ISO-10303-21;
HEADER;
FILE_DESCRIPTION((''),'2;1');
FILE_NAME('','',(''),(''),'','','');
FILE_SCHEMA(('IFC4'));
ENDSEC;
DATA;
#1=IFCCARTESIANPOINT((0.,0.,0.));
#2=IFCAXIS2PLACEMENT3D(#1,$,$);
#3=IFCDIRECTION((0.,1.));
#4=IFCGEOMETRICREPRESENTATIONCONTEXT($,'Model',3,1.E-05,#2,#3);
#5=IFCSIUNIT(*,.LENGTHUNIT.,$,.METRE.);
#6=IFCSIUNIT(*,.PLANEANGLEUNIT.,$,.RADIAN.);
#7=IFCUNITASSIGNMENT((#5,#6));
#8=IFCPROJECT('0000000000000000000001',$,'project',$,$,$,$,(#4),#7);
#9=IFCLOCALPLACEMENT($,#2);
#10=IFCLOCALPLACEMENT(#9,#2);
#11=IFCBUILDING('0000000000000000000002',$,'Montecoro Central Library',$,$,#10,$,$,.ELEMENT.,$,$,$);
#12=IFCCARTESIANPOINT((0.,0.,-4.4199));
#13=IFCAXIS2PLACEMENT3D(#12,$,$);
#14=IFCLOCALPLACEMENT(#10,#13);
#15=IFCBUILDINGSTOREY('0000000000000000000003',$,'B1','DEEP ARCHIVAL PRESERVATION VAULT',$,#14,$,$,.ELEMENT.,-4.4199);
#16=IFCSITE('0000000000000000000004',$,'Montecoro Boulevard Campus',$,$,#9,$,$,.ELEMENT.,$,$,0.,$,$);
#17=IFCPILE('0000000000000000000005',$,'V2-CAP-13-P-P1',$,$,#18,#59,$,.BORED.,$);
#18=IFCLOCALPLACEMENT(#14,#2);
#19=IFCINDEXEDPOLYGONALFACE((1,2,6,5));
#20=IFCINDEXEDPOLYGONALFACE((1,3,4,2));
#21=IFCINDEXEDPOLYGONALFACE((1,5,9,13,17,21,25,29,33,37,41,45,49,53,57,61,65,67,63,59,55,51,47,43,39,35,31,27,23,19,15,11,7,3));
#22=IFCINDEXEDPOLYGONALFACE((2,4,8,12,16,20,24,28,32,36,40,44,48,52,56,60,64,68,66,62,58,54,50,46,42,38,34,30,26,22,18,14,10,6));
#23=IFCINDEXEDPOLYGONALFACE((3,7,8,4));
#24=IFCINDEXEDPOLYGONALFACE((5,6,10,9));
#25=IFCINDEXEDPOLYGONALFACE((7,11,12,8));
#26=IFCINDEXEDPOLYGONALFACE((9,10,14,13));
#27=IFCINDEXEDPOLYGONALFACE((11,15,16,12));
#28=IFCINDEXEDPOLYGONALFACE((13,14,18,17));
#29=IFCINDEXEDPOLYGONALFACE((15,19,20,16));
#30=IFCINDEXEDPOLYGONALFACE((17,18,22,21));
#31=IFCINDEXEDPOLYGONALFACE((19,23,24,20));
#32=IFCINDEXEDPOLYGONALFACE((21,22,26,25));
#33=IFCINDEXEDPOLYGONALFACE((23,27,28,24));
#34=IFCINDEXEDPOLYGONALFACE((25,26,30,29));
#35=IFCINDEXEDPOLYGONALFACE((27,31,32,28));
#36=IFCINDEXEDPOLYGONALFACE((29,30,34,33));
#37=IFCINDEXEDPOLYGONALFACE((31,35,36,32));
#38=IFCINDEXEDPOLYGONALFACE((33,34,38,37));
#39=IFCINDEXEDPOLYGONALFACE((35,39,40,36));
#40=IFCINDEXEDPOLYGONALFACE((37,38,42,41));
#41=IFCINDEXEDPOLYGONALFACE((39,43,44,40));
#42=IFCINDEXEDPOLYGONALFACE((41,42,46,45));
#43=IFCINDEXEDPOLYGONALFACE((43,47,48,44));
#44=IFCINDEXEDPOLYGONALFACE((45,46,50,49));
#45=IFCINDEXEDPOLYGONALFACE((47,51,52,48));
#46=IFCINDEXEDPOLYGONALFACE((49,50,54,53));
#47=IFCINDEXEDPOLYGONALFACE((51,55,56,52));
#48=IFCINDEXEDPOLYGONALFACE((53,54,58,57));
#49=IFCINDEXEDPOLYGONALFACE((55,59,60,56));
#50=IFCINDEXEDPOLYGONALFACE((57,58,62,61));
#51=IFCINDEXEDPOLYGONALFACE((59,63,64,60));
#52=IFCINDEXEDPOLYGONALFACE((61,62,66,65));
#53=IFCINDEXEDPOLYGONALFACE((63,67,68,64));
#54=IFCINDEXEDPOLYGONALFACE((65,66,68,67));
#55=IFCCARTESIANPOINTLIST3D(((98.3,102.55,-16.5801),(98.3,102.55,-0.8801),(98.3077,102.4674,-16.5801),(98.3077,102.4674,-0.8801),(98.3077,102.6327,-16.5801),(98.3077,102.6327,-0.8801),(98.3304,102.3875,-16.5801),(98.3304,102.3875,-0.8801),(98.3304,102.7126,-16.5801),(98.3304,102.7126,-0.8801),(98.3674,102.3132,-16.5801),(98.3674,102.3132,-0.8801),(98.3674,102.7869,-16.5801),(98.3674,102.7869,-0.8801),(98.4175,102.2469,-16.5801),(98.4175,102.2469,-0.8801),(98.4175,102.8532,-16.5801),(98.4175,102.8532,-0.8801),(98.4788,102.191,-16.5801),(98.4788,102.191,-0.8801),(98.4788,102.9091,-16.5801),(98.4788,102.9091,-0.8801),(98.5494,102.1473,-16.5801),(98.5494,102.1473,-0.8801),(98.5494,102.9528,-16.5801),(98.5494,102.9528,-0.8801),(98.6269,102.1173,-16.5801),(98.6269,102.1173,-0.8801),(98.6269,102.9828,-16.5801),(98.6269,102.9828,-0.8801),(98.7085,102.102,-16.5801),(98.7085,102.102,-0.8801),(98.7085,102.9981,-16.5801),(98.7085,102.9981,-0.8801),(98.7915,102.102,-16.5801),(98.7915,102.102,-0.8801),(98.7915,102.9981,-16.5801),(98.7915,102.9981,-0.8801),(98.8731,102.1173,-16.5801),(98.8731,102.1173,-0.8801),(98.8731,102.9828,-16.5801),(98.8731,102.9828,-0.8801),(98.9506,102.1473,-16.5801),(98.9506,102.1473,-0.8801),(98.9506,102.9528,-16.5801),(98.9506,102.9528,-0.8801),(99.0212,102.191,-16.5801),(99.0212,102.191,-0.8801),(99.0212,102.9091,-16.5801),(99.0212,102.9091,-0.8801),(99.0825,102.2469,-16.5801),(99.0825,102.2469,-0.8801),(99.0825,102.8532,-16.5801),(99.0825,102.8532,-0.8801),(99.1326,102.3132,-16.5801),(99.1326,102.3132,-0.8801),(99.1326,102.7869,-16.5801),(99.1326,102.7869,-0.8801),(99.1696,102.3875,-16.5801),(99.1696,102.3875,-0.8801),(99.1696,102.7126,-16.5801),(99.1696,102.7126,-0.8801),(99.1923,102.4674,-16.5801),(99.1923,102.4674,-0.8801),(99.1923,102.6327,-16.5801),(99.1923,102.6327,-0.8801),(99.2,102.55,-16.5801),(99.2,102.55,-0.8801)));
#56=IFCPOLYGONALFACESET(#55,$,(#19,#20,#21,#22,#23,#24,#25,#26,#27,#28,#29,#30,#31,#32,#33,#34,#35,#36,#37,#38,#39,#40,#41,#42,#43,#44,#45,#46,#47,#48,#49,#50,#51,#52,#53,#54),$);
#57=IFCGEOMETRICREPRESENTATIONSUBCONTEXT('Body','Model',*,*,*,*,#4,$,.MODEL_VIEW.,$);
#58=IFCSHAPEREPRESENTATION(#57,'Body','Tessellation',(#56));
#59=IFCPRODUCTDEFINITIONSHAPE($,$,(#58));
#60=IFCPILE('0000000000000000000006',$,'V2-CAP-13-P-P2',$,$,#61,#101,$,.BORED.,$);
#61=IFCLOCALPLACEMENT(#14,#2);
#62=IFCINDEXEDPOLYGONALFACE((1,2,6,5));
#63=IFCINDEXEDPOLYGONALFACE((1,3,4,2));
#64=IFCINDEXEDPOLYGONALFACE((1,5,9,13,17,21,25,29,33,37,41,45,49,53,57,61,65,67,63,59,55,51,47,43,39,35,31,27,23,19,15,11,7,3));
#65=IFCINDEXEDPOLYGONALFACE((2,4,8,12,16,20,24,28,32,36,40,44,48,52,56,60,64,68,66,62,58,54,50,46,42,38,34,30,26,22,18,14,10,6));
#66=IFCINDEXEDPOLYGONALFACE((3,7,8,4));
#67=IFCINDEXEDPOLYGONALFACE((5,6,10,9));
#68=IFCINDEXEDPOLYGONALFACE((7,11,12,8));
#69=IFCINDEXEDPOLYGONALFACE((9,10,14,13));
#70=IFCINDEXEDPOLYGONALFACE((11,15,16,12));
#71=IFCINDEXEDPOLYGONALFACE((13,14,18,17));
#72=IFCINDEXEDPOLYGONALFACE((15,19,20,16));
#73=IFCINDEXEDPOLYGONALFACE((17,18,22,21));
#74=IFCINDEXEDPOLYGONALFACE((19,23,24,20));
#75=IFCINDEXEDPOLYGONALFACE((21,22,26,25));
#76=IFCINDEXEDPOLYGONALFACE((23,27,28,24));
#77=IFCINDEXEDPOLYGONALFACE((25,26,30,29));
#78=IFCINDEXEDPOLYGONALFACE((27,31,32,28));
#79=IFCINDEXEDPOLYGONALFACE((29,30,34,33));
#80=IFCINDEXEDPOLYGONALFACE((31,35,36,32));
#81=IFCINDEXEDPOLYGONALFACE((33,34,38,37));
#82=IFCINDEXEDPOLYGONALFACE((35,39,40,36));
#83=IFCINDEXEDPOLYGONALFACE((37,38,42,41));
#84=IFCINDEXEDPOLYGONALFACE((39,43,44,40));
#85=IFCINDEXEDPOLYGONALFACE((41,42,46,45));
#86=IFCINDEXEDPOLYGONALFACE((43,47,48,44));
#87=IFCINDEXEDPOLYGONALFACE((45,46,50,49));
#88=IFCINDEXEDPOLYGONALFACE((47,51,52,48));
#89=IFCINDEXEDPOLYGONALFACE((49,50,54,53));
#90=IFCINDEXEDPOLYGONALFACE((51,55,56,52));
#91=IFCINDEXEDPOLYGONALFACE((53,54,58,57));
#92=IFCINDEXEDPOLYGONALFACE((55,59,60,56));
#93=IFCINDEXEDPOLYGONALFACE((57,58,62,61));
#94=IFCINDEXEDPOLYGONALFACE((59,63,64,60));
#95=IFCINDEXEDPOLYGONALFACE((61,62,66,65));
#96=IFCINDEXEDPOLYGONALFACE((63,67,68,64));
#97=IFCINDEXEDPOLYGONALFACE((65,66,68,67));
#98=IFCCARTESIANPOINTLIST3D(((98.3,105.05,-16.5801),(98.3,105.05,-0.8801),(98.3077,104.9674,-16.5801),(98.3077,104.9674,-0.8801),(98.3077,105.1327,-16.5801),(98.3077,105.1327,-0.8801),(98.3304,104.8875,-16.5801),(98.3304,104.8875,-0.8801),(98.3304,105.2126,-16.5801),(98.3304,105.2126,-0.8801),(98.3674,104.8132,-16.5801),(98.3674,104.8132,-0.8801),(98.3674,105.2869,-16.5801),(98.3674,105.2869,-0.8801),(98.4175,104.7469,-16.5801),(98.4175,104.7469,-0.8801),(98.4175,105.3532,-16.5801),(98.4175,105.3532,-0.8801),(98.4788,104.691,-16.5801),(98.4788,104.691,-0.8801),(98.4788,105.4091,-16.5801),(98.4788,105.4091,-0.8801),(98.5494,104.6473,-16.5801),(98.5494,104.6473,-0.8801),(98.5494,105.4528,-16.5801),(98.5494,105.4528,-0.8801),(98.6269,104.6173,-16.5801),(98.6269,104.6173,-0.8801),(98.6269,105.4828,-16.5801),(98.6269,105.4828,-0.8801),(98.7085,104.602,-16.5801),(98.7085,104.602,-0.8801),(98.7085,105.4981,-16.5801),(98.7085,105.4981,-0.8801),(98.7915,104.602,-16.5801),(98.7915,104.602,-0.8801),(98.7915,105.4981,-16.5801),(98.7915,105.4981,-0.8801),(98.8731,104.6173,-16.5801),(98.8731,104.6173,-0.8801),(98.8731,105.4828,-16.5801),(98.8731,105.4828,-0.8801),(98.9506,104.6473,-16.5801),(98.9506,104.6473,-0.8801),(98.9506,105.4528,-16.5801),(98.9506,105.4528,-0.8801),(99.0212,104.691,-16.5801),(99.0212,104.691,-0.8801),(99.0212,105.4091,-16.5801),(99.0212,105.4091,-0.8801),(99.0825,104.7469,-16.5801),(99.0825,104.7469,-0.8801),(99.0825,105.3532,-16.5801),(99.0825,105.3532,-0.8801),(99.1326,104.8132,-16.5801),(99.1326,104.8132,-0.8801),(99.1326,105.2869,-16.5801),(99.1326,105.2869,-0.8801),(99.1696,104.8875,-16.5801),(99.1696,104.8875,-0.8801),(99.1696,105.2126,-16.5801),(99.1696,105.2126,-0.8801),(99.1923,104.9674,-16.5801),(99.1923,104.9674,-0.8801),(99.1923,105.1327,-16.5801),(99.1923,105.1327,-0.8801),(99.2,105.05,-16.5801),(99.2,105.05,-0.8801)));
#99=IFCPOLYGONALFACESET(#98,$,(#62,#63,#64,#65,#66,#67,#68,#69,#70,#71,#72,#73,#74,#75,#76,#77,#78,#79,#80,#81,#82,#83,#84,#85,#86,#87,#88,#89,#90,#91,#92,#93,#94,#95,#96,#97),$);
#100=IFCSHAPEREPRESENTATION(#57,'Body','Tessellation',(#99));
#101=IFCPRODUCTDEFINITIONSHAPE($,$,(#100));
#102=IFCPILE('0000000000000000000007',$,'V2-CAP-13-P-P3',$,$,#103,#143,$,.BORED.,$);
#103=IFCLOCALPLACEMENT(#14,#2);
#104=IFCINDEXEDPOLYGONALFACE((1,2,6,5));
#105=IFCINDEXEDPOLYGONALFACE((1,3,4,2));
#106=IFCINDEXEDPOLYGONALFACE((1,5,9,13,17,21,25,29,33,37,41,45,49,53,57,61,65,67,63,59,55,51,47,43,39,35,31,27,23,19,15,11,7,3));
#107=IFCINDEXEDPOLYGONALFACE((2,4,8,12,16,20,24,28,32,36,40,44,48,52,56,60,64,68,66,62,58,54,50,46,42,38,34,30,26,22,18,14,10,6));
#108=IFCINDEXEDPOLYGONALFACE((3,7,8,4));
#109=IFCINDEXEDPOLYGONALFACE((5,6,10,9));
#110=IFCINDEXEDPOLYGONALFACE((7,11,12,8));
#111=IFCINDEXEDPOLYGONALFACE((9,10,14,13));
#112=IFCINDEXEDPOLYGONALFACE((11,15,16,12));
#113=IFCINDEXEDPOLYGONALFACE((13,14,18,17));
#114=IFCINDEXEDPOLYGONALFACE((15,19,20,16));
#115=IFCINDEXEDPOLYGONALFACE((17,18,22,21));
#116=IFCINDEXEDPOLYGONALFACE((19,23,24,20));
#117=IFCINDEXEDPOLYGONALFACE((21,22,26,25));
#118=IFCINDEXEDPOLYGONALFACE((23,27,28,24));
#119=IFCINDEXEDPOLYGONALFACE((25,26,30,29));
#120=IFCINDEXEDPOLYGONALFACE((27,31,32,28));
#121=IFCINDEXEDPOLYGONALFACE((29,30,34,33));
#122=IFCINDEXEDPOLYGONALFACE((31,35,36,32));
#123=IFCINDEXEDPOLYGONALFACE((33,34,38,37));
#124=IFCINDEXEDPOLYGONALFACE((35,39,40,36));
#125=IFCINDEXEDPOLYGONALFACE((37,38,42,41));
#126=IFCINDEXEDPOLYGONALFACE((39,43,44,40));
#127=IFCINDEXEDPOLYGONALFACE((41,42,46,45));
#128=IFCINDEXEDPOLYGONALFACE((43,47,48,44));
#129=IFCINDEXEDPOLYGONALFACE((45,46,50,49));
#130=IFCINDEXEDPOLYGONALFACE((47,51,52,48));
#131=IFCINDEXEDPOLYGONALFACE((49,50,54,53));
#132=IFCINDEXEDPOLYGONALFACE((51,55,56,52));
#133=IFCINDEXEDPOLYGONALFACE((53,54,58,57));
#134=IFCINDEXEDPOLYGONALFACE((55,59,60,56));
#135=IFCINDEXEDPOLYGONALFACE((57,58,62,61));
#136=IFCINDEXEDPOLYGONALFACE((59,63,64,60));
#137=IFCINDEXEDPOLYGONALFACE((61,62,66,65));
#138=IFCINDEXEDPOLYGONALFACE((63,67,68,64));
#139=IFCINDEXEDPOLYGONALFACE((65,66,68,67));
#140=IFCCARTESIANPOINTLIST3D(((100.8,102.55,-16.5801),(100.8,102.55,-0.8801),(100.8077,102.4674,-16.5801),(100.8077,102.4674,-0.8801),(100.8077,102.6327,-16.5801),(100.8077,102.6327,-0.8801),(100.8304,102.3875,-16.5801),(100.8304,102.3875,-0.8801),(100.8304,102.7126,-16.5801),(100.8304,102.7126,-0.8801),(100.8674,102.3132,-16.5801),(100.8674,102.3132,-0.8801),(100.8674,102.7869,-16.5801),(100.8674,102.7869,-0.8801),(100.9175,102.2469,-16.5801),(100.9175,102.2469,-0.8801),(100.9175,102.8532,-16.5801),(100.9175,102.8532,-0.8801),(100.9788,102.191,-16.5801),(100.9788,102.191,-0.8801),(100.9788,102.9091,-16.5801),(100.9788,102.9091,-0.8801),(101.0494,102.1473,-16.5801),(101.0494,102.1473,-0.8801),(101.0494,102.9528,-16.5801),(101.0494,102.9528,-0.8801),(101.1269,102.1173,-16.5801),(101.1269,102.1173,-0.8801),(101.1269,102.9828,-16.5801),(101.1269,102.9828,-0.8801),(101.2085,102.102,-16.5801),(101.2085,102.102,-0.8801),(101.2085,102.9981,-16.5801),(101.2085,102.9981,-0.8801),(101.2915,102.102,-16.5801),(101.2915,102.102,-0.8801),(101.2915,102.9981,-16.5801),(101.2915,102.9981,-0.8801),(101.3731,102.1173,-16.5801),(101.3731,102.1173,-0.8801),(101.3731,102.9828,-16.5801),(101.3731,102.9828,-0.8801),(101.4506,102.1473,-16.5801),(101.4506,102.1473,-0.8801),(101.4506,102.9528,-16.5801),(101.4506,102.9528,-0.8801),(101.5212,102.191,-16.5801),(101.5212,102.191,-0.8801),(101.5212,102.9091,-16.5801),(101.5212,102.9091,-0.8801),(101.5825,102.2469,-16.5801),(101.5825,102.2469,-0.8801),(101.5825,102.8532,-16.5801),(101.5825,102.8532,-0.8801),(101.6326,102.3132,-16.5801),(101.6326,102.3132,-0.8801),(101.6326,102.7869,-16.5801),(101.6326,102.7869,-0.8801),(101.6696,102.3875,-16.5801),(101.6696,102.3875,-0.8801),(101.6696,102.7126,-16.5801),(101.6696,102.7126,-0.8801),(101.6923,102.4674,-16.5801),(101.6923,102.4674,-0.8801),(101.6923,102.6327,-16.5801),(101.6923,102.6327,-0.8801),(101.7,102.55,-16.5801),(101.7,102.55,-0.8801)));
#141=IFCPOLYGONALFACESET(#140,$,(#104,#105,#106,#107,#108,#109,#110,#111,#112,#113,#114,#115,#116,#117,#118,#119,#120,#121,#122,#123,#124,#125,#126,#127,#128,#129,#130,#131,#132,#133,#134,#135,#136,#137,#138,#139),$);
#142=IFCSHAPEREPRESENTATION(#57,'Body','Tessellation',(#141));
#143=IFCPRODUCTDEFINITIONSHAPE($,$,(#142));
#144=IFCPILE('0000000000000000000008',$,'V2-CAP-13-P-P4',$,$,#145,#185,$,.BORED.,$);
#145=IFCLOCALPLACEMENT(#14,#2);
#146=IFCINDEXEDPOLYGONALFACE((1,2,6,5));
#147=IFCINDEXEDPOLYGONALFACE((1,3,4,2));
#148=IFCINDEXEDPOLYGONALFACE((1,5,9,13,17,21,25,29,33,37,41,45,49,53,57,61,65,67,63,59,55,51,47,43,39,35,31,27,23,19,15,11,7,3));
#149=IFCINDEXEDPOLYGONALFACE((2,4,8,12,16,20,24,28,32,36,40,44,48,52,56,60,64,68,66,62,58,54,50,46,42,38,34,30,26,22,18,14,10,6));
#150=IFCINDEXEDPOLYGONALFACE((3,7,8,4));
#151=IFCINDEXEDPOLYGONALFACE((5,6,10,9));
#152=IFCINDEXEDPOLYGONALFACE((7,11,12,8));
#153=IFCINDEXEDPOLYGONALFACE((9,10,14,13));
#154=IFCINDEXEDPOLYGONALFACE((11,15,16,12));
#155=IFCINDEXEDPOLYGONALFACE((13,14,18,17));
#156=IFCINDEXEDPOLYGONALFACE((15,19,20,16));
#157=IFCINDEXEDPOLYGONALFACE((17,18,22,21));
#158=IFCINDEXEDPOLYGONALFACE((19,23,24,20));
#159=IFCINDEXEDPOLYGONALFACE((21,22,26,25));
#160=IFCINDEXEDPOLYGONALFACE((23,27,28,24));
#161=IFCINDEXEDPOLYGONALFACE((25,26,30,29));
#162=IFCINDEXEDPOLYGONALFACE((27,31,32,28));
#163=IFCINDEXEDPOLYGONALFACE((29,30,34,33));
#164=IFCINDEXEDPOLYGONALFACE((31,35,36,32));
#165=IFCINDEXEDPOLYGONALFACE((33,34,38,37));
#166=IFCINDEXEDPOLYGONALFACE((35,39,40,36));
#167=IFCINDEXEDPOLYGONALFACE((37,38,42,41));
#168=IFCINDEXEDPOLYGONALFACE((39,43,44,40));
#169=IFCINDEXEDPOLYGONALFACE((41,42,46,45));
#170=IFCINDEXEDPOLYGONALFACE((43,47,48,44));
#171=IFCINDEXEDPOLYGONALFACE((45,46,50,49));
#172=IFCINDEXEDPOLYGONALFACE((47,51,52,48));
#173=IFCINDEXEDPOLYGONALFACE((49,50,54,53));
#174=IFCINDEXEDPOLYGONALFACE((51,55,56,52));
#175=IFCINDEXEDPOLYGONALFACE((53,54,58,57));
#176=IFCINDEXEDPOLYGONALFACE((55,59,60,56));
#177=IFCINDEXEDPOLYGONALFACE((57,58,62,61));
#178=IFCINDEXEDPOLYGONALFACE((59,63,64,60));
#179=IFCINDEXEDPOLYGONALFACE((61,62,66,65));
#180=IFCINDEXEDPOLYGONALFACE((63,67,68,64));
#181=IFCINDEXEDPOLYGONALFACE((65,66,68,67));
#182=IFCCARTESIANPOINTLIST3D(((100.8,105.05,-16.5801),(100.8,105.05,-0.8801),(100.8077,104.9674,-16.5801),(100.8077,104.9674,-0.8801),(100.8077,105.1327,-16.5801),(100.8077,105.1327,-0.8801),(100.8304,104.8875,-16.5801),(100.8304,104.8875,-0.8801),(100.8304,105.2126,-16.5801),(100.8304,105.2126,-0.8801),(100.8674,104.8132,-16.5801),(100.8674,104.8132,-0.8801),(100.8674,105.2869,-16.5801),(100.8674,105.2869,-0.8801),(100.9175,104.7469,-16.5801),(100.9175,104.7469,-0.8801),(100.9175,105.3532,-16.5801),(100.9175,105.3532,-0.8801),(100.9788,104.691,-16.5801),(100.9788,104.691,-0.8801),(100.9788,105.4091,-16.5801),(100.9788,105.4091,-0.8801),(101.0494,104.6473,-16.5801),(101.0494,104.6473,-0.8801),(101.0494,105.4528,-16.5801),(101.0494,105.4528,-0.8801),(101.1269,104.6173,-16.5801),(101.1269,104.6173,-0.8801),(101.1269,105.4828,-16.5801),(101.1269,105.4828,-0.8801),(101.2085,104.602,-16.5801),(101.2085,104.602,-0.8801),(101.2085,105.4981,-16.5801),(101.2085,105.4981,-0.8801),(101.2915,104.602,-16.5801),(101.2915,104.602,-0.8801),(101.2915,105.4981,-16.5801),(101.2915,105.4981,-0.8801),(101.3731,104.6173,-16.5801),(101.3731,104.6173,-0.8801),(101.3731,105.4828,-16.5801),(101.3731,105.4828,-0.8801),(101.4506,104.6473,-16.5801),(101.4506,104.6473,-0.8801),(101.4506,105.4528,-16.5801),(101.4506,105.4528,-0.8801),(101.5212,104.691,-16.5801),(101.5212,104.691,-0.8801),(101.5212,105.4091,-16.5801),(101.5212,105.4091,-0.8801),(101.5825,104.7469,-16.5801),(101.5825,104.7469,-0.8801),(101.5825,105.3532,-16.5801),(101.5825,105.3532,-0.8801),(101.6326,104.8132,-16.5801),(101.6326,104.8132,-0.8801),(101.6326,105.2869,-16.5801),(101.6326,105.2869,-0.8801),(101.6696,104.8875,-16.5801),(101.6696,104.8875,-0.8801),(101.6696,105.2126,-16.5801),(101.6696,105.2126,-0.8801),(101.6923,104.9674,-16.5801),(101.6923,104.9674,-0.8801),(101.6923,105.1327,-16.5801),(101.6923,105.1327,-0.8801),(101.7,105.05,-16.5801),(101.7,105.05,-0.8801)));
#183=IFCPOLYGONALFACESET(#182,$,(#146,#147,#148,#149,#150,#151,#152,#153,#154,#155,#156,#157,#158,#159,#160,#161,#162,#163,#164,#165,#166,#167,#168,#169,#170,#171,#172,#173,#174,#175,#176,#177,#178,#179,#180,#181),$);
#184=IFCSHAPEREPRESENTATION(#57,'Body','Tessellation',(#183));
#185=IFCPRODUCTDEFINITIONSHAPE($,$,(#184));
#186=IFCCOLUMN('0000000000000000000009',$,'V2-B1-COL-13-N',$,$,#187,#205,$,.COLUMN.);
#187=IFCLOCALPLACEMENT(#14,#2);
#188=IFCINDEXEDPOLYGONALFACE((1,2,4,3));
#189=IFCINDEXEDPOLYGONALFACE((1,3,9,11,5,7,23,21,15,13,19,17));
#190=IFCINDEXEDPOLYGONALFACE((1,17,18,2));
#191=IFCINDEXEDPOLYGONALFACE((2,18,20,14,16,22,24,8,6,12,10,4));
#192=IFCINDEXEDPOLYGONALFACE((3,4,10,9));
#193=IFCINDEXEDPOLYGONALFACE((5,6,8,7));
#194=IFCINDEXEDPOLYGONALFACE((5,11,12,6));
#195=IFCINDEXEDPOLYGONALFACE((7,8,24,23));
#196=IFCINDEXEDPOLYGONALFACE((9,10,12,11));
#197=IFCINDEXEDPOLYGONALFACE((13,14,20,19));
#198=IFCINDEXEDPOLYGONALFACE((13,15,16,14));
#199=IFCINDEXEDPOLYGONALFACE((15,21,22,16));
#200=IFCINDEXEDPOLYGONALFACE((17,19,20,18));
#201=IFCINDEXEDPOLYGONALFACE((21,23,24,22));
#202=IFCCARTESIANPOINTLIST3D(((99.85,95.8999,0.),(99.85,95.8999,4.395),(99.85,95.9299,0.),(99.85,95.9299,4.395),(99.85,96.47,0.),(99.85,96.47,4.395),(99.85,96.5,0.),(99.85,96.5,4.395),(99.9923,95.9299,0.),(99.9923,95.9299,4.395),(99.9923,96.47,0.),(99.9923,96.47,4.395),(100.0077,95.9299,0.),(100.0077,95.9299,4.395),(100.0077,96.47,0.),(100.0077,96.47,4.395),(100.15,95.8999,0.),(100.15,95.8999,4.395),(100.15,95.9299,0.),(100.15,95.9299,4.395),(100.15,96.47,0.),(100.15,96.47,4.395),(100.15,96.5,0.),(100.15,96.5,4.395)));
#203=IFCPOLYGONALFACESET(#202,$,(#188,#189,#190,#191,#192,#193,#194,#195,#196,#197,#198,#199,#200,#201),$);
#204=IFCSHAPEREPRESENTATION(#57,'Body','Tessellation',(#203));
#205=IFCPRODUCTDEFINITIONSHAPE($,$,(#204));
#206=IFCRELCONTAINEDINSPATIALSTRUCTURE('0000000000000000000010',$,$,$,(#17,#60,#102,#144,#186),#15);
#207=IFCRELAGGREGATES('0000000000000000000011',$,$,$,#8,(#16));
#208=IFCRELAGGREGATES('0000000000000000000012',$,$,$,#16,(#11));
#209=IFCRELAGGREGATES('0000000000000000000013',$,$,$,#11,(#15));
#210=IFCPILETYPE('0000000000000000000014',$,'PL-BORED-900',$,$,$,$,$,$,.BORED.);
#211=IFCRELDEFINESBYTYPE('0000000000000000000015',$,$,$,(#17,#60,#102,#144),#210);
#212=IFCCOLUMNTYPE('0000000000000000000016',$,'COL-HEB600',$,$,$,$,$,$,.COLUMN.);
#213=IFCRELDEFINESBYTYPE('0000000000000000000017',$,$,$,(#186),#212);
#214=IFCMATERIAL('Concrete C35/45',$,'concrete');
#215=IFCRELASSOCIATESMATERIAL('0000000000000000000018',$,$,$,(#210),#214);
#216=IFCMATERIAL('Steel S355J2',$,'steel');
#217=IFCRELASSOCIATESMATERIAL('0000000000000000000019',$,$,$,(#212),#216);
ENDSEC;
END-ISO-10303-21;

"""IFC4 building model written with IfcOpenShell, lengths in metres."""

from ifc_helpers import new_model, si_unit, direction, frame, origin, origin_2d, place, context, subcontext, project, spatial, circle, i_section, extrude, material, material_profile, profile_set, type_object, element, save


model = new_model("IFC4")

# Units and contexts
model_context = context("Model", 3, precision=1e-05, world=origin(), true_north=direction((0.0, 1.0)))
body_context = subcontext(model_context, "Body", "Model", "MODEL_VIEW")
ifc_project = project(units=[si_unit("LENGTHUNIT", "METRE"), si_unit("PLANEANGLEUNIT", "RADIAN")], contexts=[model_context])

# Site, building, storey
site_placement = place(None, origin())
site = spatial("IfcSite", under=ifc_project, at=site_placement, Name="Montecoro Boulevard Campus", CompositionType="ELEMENT", RefElevation=0.0)
building_placement = place(site_placement, origin())
building = spatial("IfcBuilding", under=site, at=building_placement, Name="Montecoro Central Library", CompositionType="ELEMENT")
storey_placement = place(building_placement, frame((0.0, 0.0, -4.4199)))
storey = spatial("IfcBuildingStorey", under=building, at=storey_placement, Name="B1", Description="DEEP ARCHIVAL PRESERVATION VAULT", CompositionType="ELEMENT", Elevation=-4.4199)

# Shared definitions
ifc_material_1 = material(Name="Concrete C35/45", Category="concrete")

# Piles
ifc_material_profile_1 = material_profile(ifc_material_1, circle(Radius=0.45, at=origin_2d()), Name="PILE D900")
ifc_profile_set_1 = profile_set([ifc_material_profile_1], Name="Concrete C35/45")
pile_type_1 = type_object("IfcPileType", Name="PL-BORED-900", PredefinedType="BORED", material=ifc_profile_set_1)
for number, where, z_axis, x_axis, name in (
    (1, (98.75, 102.55, -0.8801), (0.0, 0.0, -1.0), (1.0, 0.0, 0.0), "V2-CAP-13-P-P1"),
    (2, (98.75, 105.05, -0.8801), (0.0, 0.0, -1.0), (1.0, 0.0, 0.0), "V2-CAP-13-P-P2"),
    (3, (101.25, 102.55, -0.8801), (0.0, 0.0, -1.0), (1.0, 0.0, 0.0), "V2-CAP-13-P-P3"),
    (4, (101.25, 105.05, -0.8801), (0.0, 0.0, -1.0), (1.0, 0.0, 0.0), "V2-CAP-13-P-P4"),
):
    element("IfcPile", number, at=place(storey_placement, frame(where, z_axis=z_axis, x_axis=x_axis)), inside=storey, type_object=pile_type_1, Name=name, PredefinedType="BORED", context=body_context, shape_type="SweptSolid", body=[
        extrude(circle(Radius=0.45, at=origin_2d()), origin(), (0.0, 0.0, 1.0), 15.7),
    ])

# Column
ifc_material_2 = material(Name="Steel S355J2", Category="steel")
ifc_material_profile_2 = material_profile(ifc_material_2, i_section(OverallWidth=0.3, OverallDepth=0.6001, WebThickness=0.0154, FlangeThickness=0.03, at=origin_2d()), Name="HEB 600")
ifc_profile_set_2 = profile_set([ifc_material_profile_2], Name="Steel S355J2")
column_type = type_object("IfcColumnType", Name="COL-HEB600", PredefinedType="COLUMN", material=ifc_profile_set_2)
for number, where, z_axis, x_axis, name in (
    (5, (100.0, 96.2, 0.0), (0.0, 0.0, 1.0), (1.0, 0.0, 0.0), "V2-B1-COL-13-N"),
):
    element("IfcColumn", number, at=place(storey_placement, frame(where, z_axis=z_axis, x_axis=x_axis)), inside=storey, type_object=column_type, Name=name, PredefinedType="COLUMN", context=body_context, shape_type="SweptSolid", body=[
        extrude(i_section(OverallWidth=0.3, OverallDepth=0.6001, WebThickness=0.0154, FlangeThickness=0.03, at=origin_2d()), origin(), (0.0, 0.0, 1.0), 4.395),
    ])

save(model, "model.ifc")
